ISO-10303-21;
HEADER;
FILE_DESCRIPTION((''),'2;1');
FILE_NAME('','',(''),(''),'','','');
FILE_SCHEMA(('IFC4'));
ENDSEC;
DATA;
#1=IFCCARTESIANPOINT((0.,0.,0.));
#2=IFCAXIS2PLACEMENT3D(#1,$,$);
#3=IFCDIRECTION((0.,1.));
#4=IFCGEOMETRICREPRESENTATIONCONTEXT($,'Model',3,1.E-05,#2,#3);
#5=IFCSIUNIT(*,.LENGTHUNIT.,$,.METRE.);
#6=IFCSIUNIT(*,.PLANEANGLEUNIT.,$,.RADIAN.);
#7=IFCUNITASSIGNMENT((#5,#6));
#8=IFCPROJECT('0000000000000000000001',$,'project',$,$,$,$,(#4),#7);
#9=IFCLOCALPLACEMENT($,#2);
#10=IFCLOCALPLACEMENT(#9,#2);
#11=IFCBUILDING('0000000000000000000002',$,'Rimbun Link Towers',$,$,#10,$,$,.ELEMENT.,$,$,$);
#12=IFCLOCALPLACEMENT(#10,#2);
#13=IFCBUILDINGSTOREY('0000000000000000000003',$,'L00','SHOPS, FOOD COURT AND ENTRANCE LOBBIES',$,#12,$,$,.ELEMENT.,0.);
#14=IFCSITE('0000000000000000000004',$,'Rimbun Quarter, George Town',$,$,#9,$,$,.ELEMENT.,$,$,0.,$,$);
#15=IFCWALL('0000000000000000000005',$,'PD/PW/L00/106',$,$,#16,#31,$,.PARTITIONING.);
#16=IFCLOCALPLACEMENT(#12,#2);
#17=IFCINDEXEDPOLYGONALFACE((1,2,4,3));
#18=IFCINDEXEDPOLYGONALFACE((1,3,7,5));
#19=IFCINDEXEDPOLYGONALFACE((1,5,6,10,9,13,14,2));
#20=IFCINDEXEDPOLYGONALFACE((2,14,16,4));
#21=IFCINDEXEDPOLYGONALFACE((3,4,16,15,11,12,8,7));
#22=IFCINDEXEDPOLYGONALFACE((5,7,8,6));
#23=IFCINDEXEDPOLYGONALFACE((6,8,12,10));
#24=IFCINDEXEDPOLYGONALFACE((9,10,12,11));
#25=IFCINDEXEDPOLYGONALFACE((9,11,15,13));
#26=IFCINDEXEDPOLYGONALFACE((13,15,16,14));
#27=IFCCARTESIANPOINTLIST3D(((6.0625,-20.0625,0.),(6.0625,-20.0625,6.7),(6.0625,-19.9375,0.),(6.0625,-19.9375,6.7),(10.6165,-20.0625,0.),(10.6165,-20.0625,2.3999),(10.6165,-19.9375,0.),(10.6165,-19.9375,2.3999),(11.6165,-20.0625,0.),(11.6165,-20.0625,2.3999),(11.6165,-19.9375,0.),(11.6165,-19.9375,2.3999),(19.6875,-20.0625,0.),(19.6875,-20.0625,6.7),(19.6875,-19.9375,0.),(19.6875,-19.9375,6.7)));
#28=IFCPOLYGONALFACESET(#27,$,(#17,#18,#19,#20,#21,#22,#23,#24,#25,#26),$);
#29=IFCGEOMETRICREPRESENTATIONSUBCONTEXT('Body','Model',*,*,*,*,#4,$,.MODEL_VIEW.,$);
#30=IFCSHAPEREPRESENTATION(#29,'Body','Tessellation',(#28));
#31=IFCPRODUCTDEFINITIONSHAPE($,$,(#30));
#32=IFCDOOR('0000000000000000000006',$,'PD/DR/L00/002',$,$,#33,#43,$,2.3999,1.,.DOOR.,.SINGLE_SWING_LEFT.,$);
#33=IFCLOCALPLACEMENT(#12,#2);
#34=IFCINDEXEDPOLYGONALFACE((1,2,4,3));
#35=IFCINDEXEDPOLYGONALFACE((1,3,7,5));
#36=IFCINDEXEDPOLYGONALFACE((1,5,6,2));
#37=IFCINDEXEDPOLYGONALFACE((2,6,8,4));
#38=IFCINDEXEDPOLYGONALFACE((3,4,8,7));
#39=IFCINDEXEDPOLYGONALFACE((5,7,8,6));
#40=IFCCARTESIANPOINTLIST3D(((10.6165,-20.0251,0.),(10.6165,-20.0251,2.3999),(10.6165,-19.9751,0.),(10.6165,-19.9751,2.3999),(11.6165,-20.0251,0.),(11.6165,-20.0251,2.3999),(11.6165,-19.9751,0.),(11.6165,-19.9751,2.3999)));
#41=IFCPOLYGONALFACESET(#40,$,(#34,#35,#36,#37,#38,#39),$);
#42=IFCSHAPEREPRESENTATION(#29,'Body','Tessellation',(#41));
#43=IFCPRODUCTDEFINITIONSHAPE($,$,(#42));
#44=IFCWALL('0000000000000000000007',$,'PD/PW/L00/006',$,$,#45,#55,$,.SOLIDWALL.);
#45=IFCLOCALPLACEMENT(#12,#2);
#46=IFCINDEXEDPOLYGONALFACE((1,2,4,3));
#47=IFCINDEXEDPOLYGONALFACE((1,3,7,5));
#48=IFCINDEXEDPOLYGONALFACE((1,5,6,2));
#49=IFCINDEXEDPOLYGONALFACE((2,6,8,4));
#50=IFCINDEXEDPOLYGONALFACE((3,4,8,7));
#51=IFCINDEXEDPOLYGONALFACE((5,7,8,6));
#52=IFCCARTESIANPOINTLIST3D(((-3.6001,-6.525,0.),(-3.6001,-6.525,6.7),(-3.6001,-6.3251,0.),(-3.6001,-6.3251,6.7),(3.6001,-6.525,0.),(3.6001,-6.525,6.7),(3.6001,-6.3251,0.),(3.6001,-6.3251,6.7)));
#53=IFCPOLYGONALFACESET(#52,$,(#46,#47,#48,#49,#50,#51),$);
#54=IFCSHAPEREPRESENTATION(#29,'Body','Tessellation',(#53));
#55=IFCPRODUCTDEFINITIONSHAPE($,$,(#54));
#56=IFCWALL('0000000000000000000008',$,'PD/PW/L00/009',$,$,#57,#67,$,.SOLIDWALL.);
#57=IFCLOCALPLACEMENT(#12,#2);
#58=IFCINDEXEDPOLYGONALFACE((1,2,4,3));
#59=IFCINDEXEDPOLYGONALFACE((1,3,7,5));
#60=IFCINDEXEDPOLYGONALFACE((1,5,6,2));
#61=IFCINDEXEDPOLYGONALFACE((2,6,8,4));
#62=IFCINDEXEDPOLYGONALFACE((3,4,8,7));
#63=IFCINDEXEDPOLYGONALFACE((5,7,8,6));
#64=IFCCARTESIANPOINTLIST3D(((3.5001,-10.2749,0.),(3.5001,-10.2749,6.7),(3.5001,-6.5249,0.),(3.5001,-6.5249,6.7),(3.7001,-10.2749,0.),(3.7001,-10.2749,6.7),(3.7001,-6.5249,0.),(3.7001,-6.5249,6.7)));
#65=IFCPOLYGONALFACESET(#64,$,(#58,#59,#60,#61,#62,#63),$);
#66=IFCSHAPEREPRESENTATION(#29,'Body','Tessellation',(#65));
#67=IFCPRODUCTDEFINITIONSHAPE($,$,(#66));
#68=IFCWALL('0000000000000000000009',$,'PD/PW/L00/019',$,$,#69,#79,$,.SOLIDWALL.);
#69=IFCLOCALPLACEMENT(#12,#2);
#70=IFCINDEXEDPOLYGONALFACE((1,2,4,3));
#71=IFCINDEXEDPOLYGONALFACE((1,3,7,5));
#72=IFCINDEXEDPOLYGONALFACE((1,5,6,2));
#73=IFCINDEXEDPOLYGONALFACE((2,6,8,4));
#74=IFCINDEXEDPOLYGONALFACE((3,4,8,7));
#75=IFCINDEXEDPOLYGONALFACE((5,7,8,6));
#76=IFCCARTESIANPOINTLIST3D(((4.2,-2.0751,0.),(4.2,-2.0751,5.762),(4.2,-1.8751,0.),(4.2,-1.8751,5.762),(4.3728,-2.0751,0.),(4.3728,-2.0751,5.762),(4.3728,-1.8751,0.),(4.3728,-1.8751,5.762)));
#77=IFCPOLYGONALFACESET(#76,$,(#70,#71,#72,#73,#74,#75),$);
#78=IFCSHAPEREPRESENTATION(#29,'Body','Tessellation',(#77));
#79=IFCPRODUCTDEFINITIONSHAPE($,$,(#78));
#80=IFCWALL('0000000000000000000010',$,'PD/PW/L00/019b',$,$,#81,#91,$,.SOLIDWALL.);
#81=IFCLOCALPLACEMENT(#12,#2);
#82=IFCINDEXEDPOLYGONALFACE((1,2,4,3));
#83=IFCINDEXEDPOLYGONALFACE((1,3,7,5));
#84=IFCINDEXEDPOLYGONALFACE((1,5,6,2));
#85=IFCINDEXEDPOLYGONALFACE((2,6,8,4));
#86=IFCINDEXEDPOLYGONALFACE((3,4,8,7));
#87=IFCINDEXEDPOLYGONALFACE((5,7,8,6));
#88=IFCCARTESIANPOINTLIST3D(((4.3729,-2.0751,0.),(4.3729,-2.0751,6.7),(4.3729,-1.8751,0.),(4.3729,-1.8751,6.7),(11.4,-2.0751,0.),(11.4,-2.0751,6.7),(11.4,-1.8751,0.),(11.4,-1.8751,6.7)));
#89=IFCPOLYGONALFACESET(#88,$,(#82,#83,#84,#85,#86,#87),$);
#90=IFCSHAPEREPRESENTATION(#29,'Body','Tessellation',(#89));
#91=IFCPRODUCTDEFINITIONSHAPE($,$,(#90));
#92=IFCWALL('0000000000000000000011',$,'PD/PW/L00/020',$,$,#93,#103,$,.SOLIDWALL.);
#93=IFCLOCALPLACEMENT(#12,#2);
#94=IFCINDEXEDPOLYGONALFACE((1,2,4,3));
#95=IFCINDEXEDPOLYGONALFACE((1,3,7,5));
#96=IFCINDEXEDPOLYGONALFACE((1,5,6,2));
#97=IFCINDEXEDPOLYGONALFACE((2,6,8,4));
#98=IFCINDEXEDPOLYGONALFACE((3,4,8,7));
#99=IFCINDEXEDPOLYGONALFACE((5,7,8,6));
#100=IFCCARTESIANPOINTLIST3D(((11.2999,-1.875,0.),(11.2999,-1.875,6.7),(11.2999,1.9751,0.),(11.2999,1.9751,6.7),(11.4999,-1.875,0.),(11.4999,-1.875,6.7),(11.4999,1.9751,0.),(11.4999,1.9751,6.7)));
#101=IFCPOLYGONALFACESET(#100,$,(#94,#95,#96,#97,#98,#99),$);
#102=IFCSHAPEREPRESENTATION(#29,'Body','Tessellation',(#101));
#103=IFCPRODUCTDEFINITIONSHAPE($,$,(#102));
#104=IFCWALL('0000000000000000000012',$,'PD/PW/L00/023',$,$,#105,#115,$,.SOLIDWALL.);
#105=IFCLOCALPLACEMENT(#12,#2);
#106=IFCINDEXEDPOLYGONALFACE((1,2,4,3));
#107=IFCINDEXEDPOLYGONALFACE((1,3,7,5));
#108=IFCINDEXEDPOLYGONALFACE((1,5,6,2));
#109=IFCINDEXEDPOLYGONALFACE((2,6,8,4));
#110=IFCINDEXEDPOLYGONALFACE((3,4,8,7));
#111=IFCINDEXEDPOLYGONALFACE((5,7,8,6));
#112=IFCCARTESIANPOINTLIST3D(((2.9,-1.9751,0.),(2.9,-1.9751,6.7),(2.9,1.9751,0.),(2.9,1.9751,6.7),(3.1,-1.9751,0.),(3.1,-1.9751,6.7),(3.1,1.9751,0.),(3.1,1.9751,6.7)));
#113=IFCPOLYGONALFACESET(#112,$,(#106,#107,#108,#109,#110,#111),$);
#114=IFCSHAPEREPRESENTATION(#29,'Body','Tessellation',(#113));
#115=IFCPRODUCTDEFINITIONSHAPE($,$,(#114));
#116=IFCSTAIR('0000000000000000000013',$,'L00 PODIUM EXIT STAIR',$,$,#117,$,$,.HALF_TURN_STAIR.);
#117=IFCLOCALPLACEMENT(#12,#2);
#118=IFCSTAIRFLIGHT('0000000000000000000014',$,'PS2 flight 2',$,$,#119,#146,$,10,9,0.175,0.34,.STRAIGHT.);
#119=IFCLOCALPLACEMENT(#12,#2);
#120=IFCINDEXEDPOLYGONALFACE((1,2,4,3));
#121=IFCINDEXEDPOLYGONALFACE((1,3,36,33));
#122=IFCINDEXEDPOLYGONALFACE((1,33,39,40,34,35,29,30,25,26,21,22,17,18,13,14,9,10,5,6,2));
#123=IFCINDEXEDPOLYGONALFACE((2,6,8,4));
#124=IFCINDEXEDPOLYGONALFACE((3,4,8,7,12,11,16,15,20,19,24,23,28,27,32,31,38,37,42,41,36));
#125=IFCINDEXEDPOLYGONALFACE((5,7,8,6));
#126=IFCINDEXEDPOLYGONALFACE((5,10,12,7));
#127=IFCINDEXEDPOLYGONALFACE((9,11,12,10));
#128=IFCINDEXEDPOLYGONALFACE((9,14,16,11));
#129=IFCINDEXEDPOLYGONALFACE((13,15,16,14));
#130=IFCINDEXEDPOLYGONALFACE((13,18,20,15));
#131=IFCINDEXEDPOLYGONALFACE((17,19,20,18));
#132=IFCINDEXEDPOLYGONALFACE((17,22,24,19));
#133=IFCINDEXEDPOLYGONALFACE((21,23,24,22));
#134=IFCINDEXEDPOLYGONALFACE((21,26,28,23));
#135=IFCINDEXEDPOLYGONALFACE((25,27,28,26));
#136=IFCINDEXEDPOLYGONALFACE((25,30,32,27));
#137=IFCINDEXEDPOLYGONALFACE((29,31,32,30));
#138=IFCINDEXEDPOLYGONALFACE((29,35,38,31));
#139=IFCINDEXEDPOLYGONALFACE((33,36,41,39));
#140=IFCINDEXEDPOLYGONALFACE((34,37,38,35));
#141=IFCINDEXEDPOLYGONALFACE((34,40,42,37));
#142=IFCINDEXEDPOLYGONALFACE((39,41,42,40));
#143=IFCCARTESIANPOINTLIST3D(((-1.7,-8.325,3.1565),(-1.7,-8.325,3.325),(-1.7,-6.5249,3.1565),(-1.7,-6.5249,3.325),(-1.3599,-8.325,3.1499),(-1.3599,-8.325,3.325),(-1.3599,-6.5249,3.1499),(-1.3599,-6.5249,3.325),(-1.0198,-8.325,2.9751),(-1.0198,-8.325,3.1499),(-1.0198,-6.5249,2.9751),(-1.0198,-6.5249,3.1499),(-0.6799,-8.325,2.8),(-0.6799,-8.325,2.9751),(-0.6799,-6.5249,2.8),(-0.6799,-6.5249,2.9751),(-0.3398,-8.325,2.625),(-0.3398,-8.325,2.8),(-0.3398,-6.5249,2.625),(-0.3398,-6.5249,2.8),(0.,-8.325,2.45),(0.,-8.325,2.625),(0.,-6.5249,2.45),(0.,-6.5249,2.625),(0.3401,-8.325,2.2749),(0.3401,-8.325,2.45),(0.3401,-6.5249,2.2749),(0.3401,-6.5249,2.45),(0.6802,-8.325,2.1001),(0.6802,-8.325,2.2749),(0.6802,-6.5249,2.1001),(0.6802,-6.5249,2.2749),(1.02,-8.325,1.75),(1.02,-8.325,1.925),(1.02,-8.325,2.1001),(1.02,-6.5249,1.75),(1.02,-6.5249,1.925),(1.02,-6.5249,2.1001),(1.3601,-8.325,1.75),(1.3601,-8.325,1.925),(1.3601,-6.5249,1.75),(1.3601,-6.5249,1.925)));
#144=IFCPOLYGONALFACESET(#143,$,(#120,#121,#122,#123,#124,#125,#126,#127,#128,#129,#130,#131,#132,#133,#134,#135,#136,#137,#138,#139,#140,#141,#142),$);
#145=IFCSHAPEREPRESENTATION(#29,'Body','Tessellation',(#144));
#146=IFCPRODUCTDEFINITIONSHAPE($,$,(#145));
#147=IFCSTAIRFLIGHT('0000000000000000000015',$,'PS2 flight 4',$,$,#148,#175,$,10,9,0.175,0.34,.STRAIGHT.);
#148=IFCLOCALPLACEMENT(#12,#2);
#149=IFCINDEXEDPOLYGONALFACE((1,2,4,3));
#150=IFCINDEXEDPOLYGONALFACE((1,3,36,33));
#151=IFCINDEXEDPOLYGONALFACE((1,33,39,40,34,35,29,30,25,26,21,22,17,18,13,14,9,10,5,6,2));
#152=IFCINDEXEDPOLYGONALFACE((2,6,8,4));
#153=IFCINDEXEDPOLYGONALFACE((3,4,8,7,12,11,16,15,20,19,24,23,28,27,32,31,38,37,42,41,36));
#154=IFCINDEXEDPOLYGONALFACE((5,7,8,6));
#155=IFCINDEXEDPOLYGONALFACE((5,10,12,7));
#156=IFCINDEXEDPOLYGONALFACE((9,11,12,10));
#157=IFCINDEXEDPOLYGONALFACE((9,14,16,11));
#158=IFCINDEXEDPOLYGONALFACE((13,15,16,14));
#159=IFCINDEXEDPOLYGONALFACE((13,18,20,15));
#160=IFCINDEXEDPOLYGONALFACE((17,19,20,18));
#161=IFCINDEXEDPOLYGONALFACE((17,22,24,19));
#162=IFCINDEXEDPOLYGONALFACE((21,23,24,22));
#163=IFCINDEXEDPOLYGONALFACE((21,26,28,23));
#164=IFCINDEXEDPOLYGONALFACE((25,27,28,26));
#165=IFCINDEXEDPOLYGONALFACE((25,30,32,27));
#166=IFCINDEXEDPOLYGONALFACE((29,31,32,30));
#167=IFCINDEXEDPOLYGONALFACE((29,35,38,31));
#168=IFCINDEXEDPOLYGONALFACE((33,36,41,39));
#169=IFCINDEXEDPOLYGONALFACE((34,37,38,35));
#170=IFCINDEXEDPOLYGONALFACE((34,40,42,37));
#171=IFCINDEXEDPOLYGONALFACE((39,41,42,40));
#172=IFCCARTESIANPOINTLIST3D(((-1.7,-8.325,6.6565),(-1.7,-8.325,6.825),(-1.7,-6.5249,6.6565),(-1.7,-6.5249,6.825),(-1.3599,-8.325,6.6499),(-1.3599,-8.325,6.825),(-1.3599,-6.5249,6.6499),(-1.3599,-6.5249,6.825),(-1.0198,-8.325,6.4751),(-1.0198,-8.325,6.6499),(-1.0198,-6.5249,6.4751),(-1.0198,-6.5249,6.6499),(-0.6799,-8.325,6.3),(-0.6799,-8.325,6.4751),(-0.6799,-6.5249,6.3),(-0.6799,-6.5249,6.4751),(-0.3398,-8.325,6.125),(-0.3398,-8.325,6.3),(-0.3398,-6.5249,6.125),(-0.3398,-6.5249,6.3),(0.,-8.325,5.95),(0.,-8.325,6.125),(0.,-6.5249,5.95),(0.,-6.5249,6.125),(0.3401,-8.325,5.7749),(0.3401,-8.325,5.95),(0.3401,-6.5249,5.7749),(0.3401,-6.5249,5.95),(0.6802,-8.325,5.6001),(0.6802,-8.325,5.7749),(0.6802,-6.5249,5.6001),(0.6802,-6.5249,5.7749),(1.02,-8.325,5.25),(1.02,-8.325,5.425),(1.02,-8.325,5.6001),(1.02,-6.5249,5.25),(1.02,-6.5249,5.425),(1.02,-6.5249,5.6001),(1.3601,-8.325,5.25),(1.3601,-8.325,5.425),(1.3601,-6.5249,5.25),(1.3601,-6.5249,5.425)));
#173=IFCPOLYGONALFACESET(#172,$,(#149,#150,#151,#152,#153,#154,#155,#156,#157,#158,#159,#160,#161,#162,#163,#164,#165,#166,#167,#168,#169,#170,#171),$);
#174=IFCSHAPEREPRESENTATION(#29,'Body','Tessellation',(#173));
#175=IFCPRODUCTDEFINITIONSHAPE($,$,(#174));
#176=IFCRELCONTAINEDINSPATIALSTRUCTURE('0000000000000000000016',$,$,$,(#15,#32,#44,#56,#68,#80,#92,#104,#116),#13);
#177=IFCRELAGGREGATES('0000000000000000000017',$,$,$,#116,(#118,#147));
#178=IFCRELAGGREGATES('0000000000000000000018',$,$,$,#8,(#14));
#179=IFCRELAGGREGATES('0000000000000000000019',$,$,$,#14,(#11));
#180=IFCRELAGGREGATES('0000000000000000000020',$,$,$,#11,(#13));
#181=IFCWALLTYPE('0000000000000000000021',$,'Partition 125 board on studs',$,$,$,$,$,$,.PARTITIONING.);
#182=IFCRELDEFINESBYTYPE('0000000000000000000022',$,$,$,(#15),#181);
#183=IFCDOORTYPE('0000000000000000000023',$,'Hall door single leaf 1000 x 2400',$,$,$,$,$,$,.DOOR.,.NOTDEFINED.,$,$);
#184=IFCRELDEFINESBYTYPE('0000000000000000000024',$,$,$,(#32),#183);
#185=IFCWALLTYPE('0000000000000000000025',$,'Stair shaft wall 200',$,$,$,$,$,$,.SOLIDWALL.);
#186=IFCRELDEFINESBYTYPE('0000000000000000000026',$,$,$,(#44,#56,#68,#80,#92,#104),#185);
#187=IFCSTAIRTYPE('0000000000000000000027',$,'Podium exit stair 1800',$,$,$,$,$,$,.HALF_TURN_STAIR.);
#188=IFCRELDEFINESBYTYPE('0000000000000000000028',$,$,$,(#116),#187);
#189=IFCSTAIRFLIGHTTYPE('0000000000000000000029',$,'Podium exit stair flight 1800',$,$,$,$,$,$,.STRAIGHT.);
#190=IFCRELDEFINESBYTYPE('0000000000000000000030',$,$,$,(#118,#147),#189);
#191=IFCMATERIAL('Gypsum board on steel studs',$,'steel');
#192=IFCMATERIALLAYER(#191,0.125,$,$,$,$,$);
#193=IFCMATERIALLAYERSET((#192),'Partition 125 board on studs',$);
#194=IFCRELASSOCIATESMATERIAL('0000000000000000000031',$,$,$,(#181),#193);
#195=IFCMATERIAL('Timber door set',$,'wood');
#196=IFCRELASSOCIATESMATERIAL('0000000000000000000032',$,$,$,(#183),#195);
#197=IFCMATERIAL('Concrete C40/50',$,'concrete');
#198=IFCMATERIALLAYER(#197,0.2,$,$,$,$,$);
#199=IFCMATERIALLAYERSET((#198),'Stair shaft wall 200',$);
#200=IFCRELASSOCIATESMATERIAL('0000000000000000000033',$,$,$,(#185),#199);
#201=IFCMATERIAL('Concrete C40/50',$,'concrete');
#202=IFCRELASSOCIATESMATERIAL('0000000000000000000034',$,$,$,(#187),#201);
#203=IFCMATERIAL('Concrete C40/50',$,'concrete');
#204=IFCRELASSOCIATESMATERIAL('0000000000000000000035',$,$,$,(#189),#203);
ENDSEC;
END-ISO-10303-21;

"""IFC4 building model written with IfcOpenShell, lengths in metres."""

from ifc_helpers import new_model, si_unit, direction, frame, frame_2d, origin, place, context, subcontext, project, spatial, polyline, rectangle, outline, extrude, material, layer, layer_set, type_object, element, fill, aggregate, save


model = new_model("IFC4")

# Units and contexts
model_context = context("Model", 3, precision=1e-05, world=origin(), true_north=direction((0.0, 1.0)))
body_context = subcontext(model_context, "Body", "Model", "MODEL_VIEW")
ifc_project = project(units=[si_unit("LENGTHUNIT", "METRE"), si_unit("PLANEANGLEUNIT", "RADIAN")], contexts=[model_context])

# Site, building, storey
site_placement = place(None, origin())
site = spatial("IfcSite", under=ifc_project, at=site_placement, Name="Rimbun Quarter, George Town", CompositionType="ELEMENT", RefElevation=0.0)
building_placement = place(site_placement, origin())
building = spatial("IfcBuilding", under=site, at=building_placement, Name="Rimbun Link Towers", CompositionType="ELEMENT")
storey_placement = place(building_placement, origin())
storey = spatial("IfcBuildingStorey", under=building, at=storey_placement, Name="L00", Description="SHOPS, FOOD COURT AND ENTRANCE LOBBIES", CompositionType="ELEMENT", Elevation=0.0)

# Shared definitions
ifc_material_1 = material(Name="Gypsum board on steel studs", Category="steel")
ifc_layer_1 = layer(ifc_material_1, 0.125)
ifc_layer_set_1 = layer_set([ifc_layer_1], Name="Partition 125 board on studs")
wall_type_1 = type_object("IfcWallType", Name="Partition 125 board on studs", PredefinedType="PARTITIONING", material=ifc_layer_set_1)

# Wall, opening, door
wall_1_placement = place(storey_placement, frame((6.0625, -20.0, 0.0), z_axis=(0.0, 0.0, 1.0), x_axis=(1.0, 0.0, 0.0)))
wall_1 = element("IfcWall", 1, at=wall_1_placement, inside=storey, type_object=wall_type_1, Name="PD/PW/L00/106", PredefinedType="PARTITIONING", context=body_context, shape_type="SweptSolid", body=[
    extrude(rectangle(XDim=13.625, YDim=0.125, at=frame_2d((6.8125, 0.0))), origin(), (0.0, 0.0, 1.0), 6.7),
])
opening_placement = place(wall_1_placement, frame((4.554, 0.0, 0.0)))
opening = element("IfcOpeningElement", 2, at=opening_placement, cuts=wall_1, PredefinedType="OPENING", context=body_context, shape_type="SweptSolid", body=[
    extrude(rectangle(XDim=1.0, YDim=2.3999, at=frame_2d((0.5, 1.2))), frame((0.0, 0.0725, 0.0), z_axis=(0.0, -1.0, 0.0), x_axis=(1.0, 0.0, 0.0)), (0.0, 0.0, 1.0), 0.145),
])
ifc_material_2 = material(Name="Timber door set", Category="wood")
door_type = type_object("IfcDoorType", Name="Hall door single leaf 1000 x 2400", OperationType="NOTDEFINED", PredefinedType="DOOR", material=ifc_material_2)
door_placement = place(opening_placement, origin())
door = element("IfcDoor", 3, at=door_placement, inside=storey, type_object=door_type, Name="PD/DR/L00/002", OperationType="SINGLE_SWING_LEFT", OverallHeight=2.3999, OverallWidth=1.0, PredefinedType="DOOR", context=body_context, shape_type="SweptSolid", body=[
    extrude(rectangle(XDim=1.0, YDim=2.3999, at=frame_2d((0.5, 1.2))), frame((0.0, 0.0249, 0.0), z_axis=(0.0, -1.0, 0.0), x_axis=(1.0, 0.0, 0.0)), (0.0, 0.0, 1.0), 0.05),
])
fill(opening, door)

# Walls
ifc_material_3 = material(Name="Concrete C40/50", Category="concrete")
ifc_layer_2 = layer(ifc_material_3, 0.2)
ifc_layer_set_2 = layer_set([ifc_layer_2], Name="Stair shaft wall 200")
wall_type_2 = type_object("IfcWallType", Name="Stair shaft wall 200", PredefinedType="SOLIDWALL", material=ifc_layer_set_2)
wall_2_placement = place(storey_placement, frame((3.6001, -6.425, 0.0), z_axis=(0.0, 0.0, 1.0), x_axis=(-1.0, 0.0, 0.0)))
element("IfcWall", 4, at=wall_2_placement, inside=storey, type_object=wall_type_2, Name="PD/PW/L00/006", PredefinedType="SOLIDWALL", context=body_context, shape_type="SweptSolid", body=[
    extrude(rectangle(XDim=7.2002, YDim=0.2, at=frame_2d((3.6001, 0.0))), origin(), (0.0, 0.0, 1.0), 6.7),
])
wall_3_placement = place(storey_placement, frame((3.6001, -10.2749, 0.0), z_axis=(0.0, 0.0, 1.0), x_axis=(0.0, 1.0, 0.0)))
element("IfcWall", 5, at=wall_3_placement, inside=storey, type_object=wall_type_2, Name="PD/PW/L00/009", PredefinedType="SOLIDWALL", context=body_context, shape_type="SweptSolid", body=[
    extrude(rectangle(XDim=3.75, YDim=0.2, at=frame_2d((1.875, 0.0))), origin(), (0.0, 0.0, 1.0), 6.7),
])
wall_4_placement = place(storey_placement, frame((4.2, -1.9751, 0.0), z_axis=(0.0, 0.0, 1.0), x_axis=(1.0, 0.0, 0.0)))
element("IfcWall", 6, at=wall_4_placement, inside=storey, type_object=wall_type_2, Name="PD/PW/L00/019", PredefinedType="SOLIDWALL", context=body_context, shape_type="SweptSolid", body=[
    extrude(rectangle(XDim=0.1729, YDim=0.2, at=frame_2d((0.0864, 0.0))), origin(), (0.0, 0.0, 1.0), 5.762),
])
wall_5_placement = place(storey_placement, frame((4.3728, -1.9751, 0.0), z_axis=(0.0, 0.0, 1.0), x_axis=(1.0, 0.0, 0.0)))
element("IfcWall", 7, at=wall_5_placement, inside=storey, type_object=wall_type_2, Name="PD/PW/L00/019b", PredefinedType="SOLIDWALL", context=body_context, shape_type="SweptSolid", body=[
    extrude(rectangle(XDim=7.0271, YDim=0.2, at=frame_2d((3.5137, 0.0))), origin(), (0.0, 0.0, 1.0), 6.7),
])
wall_6_placement = place(storey_placement, frame((11.3999, -1.875, 0.0), z_axis=(0.0, 0.0, 1.0), x_axis=(0.0, 1.0, 0.0)))
element("IfcWall", 8, at=wall_6_placement, inside=storey, type_object=wall_type_2, Name="PD/PW/L00/020", PredefinedType="SOLIDWALL", context=body_context, shape_type="SweptSolid", body=[
    extrude(rectangle(XDim=3.8501, YDim=0.2, at=frame_2d((1.925, 0.0))), origin(), (0.0, 0.0, 1.0), 6.7),
])
wall_7_placement = place(storey_placement, frame((3.0, -1.9751, 0.0), z_axis=(0.0, 0.0, 1.0), x_axis=(0.0, 1.0, 0.0)))
element("IfcWall", 9, at=wall_7_placement, inside=storey, type_object=wall_type_2, Name="PD/PW/L00/023", PredefinedType="SOLIDWALL", context=body_context, shape_type="SweptSolid", body=[
    extrude(rectangle(XDim=3.9502, YDim=0.2, at=frame_2d((1.9751, 0.0))), origin(), (0.0, 0.0, 1.0), 6.7),
])

# Stair, stair flights
ifc_material_4 = material(Name="Concrete C40/50", Category="concrete")
stair_type = type_object("IfcStairType", Name="Podium exit stair 1800", PredefinedType="HALF_TURN_STAIR", material=ifc_material_4)
stair_1_placement = place(storey_placement, origin())
stair_1 = element("IfcStair", 10, at=stair_1_placement, inside=storey, type_object=stair_type, Name="L00 PODIUM EXIT STAIR", PredefinedType="HALF_TURN_STAIR")
ifc_material_5 = material(Name="Concrete C40/50", Category="concrete")
stair_flight_type = type_object("IfcStairFlightType", Name="Podium exit stair flight 1800", PredefinedType="STRAIGHT", material=ifc_material_5)
stair_flight_1_placement = place(storey_placement, frame((1.3601, -7.425, 1.75), z_axis=(0.0, 0.0, 1.0), x_axis=(-1.0, 0.0, 0.0)))
stair_flight_1 = element("IfcStairFlight", 11, at=stair_flight_1_placement, type_object=stair_flight_type, Name="PS2 flight 2", NumberOfRisers=10, NumberOfTreads=9, PredefinedType="STRAIGHT", RiserHeight=0.175, TreadLength=0.34, context=body_context, shape_type="SweptSolid", body=[
    extrude(outline(polyline([(0.0, 0.0), (0.0, 0.175), (0.3401, 0.175), (0.3401, 0.3501), (0.6799, 0.3501), (0.6799, 0.5249), (1.02, 0.5249), (1.02, 0.7), (1.3601, 0.7), (1.3601, 0.875), (1.7, 0.875), (1.7, 1.05), (2.04, 1.05), (2.04, 1.2251), (2.3799, 1.2251), (2.3799, 1.3999), (2.72, 1.3999), (2.72, 1.575), (3.0601, 1.575), (3.0601, 1.75), (3.0601, 1.4065), (0.3401, 0.0), (0.0, 0.0)])), frame((0.0, 0.8999, 0.0), z_axis=(0.0, -1.0, 0.0), x_axis=(1.0, 0.0, 0.0)), (0.0, 0.0, 1.0), 1.8),
])
stair_flight_2_placement = place(storey_placement, frame((1.3601, -7.425, 5.25), z_axis=(0.0, 0.0, 1.0), x_axis=(-1.0, 0.0, 0.0)))
stair_flight_2 = element("IfcStairFlight", 12, at=stair_flight_2_placement, type_object=stair_flight_type, Name="PS2 flight 4", NumberOfRisers=10, NumberOfTreads=9, PredefinedType="STRAIGHT", RiserHeight=0.175, TreadLength=0.34, context=body_context, shape_type="SweptSolid", body=[
    extrude(outline(polyline([(0.0, 0.0), (0.0, 0.175), (0.3401, 0.175), (0.3401, 0.3501), (0.6799, 0.3501), (0.6799, 0.5249), (1.02, 0.5249), (1.02, 0.7), (1.3601, 0.7), (1.3601, 0.875), (1.7, 0.875), (1.7, 1.05), (2.04, 1.05), (2.04, 1.2251), (2.3799, 1.2251), (2.3799, 1.3999), (2.72, 1.3999), (2.72, 1.575), (3.0601, 1.575), (3.0601, 1.75), (3.0601, 1.4065), (0.3401, 0.0), (0.0, 0.0)])), frame((0.0, 0.8999, 0.0), z_axis=(0.0, -1.0, 0.0), x_axis=(1.0, 0.0, 0.0)), (0.0, 0.0, 1.0), 1.8),
])
aggregate(stair_1, [stair_flight_1, stair_flight_2])

save(model, "model.ifc")
